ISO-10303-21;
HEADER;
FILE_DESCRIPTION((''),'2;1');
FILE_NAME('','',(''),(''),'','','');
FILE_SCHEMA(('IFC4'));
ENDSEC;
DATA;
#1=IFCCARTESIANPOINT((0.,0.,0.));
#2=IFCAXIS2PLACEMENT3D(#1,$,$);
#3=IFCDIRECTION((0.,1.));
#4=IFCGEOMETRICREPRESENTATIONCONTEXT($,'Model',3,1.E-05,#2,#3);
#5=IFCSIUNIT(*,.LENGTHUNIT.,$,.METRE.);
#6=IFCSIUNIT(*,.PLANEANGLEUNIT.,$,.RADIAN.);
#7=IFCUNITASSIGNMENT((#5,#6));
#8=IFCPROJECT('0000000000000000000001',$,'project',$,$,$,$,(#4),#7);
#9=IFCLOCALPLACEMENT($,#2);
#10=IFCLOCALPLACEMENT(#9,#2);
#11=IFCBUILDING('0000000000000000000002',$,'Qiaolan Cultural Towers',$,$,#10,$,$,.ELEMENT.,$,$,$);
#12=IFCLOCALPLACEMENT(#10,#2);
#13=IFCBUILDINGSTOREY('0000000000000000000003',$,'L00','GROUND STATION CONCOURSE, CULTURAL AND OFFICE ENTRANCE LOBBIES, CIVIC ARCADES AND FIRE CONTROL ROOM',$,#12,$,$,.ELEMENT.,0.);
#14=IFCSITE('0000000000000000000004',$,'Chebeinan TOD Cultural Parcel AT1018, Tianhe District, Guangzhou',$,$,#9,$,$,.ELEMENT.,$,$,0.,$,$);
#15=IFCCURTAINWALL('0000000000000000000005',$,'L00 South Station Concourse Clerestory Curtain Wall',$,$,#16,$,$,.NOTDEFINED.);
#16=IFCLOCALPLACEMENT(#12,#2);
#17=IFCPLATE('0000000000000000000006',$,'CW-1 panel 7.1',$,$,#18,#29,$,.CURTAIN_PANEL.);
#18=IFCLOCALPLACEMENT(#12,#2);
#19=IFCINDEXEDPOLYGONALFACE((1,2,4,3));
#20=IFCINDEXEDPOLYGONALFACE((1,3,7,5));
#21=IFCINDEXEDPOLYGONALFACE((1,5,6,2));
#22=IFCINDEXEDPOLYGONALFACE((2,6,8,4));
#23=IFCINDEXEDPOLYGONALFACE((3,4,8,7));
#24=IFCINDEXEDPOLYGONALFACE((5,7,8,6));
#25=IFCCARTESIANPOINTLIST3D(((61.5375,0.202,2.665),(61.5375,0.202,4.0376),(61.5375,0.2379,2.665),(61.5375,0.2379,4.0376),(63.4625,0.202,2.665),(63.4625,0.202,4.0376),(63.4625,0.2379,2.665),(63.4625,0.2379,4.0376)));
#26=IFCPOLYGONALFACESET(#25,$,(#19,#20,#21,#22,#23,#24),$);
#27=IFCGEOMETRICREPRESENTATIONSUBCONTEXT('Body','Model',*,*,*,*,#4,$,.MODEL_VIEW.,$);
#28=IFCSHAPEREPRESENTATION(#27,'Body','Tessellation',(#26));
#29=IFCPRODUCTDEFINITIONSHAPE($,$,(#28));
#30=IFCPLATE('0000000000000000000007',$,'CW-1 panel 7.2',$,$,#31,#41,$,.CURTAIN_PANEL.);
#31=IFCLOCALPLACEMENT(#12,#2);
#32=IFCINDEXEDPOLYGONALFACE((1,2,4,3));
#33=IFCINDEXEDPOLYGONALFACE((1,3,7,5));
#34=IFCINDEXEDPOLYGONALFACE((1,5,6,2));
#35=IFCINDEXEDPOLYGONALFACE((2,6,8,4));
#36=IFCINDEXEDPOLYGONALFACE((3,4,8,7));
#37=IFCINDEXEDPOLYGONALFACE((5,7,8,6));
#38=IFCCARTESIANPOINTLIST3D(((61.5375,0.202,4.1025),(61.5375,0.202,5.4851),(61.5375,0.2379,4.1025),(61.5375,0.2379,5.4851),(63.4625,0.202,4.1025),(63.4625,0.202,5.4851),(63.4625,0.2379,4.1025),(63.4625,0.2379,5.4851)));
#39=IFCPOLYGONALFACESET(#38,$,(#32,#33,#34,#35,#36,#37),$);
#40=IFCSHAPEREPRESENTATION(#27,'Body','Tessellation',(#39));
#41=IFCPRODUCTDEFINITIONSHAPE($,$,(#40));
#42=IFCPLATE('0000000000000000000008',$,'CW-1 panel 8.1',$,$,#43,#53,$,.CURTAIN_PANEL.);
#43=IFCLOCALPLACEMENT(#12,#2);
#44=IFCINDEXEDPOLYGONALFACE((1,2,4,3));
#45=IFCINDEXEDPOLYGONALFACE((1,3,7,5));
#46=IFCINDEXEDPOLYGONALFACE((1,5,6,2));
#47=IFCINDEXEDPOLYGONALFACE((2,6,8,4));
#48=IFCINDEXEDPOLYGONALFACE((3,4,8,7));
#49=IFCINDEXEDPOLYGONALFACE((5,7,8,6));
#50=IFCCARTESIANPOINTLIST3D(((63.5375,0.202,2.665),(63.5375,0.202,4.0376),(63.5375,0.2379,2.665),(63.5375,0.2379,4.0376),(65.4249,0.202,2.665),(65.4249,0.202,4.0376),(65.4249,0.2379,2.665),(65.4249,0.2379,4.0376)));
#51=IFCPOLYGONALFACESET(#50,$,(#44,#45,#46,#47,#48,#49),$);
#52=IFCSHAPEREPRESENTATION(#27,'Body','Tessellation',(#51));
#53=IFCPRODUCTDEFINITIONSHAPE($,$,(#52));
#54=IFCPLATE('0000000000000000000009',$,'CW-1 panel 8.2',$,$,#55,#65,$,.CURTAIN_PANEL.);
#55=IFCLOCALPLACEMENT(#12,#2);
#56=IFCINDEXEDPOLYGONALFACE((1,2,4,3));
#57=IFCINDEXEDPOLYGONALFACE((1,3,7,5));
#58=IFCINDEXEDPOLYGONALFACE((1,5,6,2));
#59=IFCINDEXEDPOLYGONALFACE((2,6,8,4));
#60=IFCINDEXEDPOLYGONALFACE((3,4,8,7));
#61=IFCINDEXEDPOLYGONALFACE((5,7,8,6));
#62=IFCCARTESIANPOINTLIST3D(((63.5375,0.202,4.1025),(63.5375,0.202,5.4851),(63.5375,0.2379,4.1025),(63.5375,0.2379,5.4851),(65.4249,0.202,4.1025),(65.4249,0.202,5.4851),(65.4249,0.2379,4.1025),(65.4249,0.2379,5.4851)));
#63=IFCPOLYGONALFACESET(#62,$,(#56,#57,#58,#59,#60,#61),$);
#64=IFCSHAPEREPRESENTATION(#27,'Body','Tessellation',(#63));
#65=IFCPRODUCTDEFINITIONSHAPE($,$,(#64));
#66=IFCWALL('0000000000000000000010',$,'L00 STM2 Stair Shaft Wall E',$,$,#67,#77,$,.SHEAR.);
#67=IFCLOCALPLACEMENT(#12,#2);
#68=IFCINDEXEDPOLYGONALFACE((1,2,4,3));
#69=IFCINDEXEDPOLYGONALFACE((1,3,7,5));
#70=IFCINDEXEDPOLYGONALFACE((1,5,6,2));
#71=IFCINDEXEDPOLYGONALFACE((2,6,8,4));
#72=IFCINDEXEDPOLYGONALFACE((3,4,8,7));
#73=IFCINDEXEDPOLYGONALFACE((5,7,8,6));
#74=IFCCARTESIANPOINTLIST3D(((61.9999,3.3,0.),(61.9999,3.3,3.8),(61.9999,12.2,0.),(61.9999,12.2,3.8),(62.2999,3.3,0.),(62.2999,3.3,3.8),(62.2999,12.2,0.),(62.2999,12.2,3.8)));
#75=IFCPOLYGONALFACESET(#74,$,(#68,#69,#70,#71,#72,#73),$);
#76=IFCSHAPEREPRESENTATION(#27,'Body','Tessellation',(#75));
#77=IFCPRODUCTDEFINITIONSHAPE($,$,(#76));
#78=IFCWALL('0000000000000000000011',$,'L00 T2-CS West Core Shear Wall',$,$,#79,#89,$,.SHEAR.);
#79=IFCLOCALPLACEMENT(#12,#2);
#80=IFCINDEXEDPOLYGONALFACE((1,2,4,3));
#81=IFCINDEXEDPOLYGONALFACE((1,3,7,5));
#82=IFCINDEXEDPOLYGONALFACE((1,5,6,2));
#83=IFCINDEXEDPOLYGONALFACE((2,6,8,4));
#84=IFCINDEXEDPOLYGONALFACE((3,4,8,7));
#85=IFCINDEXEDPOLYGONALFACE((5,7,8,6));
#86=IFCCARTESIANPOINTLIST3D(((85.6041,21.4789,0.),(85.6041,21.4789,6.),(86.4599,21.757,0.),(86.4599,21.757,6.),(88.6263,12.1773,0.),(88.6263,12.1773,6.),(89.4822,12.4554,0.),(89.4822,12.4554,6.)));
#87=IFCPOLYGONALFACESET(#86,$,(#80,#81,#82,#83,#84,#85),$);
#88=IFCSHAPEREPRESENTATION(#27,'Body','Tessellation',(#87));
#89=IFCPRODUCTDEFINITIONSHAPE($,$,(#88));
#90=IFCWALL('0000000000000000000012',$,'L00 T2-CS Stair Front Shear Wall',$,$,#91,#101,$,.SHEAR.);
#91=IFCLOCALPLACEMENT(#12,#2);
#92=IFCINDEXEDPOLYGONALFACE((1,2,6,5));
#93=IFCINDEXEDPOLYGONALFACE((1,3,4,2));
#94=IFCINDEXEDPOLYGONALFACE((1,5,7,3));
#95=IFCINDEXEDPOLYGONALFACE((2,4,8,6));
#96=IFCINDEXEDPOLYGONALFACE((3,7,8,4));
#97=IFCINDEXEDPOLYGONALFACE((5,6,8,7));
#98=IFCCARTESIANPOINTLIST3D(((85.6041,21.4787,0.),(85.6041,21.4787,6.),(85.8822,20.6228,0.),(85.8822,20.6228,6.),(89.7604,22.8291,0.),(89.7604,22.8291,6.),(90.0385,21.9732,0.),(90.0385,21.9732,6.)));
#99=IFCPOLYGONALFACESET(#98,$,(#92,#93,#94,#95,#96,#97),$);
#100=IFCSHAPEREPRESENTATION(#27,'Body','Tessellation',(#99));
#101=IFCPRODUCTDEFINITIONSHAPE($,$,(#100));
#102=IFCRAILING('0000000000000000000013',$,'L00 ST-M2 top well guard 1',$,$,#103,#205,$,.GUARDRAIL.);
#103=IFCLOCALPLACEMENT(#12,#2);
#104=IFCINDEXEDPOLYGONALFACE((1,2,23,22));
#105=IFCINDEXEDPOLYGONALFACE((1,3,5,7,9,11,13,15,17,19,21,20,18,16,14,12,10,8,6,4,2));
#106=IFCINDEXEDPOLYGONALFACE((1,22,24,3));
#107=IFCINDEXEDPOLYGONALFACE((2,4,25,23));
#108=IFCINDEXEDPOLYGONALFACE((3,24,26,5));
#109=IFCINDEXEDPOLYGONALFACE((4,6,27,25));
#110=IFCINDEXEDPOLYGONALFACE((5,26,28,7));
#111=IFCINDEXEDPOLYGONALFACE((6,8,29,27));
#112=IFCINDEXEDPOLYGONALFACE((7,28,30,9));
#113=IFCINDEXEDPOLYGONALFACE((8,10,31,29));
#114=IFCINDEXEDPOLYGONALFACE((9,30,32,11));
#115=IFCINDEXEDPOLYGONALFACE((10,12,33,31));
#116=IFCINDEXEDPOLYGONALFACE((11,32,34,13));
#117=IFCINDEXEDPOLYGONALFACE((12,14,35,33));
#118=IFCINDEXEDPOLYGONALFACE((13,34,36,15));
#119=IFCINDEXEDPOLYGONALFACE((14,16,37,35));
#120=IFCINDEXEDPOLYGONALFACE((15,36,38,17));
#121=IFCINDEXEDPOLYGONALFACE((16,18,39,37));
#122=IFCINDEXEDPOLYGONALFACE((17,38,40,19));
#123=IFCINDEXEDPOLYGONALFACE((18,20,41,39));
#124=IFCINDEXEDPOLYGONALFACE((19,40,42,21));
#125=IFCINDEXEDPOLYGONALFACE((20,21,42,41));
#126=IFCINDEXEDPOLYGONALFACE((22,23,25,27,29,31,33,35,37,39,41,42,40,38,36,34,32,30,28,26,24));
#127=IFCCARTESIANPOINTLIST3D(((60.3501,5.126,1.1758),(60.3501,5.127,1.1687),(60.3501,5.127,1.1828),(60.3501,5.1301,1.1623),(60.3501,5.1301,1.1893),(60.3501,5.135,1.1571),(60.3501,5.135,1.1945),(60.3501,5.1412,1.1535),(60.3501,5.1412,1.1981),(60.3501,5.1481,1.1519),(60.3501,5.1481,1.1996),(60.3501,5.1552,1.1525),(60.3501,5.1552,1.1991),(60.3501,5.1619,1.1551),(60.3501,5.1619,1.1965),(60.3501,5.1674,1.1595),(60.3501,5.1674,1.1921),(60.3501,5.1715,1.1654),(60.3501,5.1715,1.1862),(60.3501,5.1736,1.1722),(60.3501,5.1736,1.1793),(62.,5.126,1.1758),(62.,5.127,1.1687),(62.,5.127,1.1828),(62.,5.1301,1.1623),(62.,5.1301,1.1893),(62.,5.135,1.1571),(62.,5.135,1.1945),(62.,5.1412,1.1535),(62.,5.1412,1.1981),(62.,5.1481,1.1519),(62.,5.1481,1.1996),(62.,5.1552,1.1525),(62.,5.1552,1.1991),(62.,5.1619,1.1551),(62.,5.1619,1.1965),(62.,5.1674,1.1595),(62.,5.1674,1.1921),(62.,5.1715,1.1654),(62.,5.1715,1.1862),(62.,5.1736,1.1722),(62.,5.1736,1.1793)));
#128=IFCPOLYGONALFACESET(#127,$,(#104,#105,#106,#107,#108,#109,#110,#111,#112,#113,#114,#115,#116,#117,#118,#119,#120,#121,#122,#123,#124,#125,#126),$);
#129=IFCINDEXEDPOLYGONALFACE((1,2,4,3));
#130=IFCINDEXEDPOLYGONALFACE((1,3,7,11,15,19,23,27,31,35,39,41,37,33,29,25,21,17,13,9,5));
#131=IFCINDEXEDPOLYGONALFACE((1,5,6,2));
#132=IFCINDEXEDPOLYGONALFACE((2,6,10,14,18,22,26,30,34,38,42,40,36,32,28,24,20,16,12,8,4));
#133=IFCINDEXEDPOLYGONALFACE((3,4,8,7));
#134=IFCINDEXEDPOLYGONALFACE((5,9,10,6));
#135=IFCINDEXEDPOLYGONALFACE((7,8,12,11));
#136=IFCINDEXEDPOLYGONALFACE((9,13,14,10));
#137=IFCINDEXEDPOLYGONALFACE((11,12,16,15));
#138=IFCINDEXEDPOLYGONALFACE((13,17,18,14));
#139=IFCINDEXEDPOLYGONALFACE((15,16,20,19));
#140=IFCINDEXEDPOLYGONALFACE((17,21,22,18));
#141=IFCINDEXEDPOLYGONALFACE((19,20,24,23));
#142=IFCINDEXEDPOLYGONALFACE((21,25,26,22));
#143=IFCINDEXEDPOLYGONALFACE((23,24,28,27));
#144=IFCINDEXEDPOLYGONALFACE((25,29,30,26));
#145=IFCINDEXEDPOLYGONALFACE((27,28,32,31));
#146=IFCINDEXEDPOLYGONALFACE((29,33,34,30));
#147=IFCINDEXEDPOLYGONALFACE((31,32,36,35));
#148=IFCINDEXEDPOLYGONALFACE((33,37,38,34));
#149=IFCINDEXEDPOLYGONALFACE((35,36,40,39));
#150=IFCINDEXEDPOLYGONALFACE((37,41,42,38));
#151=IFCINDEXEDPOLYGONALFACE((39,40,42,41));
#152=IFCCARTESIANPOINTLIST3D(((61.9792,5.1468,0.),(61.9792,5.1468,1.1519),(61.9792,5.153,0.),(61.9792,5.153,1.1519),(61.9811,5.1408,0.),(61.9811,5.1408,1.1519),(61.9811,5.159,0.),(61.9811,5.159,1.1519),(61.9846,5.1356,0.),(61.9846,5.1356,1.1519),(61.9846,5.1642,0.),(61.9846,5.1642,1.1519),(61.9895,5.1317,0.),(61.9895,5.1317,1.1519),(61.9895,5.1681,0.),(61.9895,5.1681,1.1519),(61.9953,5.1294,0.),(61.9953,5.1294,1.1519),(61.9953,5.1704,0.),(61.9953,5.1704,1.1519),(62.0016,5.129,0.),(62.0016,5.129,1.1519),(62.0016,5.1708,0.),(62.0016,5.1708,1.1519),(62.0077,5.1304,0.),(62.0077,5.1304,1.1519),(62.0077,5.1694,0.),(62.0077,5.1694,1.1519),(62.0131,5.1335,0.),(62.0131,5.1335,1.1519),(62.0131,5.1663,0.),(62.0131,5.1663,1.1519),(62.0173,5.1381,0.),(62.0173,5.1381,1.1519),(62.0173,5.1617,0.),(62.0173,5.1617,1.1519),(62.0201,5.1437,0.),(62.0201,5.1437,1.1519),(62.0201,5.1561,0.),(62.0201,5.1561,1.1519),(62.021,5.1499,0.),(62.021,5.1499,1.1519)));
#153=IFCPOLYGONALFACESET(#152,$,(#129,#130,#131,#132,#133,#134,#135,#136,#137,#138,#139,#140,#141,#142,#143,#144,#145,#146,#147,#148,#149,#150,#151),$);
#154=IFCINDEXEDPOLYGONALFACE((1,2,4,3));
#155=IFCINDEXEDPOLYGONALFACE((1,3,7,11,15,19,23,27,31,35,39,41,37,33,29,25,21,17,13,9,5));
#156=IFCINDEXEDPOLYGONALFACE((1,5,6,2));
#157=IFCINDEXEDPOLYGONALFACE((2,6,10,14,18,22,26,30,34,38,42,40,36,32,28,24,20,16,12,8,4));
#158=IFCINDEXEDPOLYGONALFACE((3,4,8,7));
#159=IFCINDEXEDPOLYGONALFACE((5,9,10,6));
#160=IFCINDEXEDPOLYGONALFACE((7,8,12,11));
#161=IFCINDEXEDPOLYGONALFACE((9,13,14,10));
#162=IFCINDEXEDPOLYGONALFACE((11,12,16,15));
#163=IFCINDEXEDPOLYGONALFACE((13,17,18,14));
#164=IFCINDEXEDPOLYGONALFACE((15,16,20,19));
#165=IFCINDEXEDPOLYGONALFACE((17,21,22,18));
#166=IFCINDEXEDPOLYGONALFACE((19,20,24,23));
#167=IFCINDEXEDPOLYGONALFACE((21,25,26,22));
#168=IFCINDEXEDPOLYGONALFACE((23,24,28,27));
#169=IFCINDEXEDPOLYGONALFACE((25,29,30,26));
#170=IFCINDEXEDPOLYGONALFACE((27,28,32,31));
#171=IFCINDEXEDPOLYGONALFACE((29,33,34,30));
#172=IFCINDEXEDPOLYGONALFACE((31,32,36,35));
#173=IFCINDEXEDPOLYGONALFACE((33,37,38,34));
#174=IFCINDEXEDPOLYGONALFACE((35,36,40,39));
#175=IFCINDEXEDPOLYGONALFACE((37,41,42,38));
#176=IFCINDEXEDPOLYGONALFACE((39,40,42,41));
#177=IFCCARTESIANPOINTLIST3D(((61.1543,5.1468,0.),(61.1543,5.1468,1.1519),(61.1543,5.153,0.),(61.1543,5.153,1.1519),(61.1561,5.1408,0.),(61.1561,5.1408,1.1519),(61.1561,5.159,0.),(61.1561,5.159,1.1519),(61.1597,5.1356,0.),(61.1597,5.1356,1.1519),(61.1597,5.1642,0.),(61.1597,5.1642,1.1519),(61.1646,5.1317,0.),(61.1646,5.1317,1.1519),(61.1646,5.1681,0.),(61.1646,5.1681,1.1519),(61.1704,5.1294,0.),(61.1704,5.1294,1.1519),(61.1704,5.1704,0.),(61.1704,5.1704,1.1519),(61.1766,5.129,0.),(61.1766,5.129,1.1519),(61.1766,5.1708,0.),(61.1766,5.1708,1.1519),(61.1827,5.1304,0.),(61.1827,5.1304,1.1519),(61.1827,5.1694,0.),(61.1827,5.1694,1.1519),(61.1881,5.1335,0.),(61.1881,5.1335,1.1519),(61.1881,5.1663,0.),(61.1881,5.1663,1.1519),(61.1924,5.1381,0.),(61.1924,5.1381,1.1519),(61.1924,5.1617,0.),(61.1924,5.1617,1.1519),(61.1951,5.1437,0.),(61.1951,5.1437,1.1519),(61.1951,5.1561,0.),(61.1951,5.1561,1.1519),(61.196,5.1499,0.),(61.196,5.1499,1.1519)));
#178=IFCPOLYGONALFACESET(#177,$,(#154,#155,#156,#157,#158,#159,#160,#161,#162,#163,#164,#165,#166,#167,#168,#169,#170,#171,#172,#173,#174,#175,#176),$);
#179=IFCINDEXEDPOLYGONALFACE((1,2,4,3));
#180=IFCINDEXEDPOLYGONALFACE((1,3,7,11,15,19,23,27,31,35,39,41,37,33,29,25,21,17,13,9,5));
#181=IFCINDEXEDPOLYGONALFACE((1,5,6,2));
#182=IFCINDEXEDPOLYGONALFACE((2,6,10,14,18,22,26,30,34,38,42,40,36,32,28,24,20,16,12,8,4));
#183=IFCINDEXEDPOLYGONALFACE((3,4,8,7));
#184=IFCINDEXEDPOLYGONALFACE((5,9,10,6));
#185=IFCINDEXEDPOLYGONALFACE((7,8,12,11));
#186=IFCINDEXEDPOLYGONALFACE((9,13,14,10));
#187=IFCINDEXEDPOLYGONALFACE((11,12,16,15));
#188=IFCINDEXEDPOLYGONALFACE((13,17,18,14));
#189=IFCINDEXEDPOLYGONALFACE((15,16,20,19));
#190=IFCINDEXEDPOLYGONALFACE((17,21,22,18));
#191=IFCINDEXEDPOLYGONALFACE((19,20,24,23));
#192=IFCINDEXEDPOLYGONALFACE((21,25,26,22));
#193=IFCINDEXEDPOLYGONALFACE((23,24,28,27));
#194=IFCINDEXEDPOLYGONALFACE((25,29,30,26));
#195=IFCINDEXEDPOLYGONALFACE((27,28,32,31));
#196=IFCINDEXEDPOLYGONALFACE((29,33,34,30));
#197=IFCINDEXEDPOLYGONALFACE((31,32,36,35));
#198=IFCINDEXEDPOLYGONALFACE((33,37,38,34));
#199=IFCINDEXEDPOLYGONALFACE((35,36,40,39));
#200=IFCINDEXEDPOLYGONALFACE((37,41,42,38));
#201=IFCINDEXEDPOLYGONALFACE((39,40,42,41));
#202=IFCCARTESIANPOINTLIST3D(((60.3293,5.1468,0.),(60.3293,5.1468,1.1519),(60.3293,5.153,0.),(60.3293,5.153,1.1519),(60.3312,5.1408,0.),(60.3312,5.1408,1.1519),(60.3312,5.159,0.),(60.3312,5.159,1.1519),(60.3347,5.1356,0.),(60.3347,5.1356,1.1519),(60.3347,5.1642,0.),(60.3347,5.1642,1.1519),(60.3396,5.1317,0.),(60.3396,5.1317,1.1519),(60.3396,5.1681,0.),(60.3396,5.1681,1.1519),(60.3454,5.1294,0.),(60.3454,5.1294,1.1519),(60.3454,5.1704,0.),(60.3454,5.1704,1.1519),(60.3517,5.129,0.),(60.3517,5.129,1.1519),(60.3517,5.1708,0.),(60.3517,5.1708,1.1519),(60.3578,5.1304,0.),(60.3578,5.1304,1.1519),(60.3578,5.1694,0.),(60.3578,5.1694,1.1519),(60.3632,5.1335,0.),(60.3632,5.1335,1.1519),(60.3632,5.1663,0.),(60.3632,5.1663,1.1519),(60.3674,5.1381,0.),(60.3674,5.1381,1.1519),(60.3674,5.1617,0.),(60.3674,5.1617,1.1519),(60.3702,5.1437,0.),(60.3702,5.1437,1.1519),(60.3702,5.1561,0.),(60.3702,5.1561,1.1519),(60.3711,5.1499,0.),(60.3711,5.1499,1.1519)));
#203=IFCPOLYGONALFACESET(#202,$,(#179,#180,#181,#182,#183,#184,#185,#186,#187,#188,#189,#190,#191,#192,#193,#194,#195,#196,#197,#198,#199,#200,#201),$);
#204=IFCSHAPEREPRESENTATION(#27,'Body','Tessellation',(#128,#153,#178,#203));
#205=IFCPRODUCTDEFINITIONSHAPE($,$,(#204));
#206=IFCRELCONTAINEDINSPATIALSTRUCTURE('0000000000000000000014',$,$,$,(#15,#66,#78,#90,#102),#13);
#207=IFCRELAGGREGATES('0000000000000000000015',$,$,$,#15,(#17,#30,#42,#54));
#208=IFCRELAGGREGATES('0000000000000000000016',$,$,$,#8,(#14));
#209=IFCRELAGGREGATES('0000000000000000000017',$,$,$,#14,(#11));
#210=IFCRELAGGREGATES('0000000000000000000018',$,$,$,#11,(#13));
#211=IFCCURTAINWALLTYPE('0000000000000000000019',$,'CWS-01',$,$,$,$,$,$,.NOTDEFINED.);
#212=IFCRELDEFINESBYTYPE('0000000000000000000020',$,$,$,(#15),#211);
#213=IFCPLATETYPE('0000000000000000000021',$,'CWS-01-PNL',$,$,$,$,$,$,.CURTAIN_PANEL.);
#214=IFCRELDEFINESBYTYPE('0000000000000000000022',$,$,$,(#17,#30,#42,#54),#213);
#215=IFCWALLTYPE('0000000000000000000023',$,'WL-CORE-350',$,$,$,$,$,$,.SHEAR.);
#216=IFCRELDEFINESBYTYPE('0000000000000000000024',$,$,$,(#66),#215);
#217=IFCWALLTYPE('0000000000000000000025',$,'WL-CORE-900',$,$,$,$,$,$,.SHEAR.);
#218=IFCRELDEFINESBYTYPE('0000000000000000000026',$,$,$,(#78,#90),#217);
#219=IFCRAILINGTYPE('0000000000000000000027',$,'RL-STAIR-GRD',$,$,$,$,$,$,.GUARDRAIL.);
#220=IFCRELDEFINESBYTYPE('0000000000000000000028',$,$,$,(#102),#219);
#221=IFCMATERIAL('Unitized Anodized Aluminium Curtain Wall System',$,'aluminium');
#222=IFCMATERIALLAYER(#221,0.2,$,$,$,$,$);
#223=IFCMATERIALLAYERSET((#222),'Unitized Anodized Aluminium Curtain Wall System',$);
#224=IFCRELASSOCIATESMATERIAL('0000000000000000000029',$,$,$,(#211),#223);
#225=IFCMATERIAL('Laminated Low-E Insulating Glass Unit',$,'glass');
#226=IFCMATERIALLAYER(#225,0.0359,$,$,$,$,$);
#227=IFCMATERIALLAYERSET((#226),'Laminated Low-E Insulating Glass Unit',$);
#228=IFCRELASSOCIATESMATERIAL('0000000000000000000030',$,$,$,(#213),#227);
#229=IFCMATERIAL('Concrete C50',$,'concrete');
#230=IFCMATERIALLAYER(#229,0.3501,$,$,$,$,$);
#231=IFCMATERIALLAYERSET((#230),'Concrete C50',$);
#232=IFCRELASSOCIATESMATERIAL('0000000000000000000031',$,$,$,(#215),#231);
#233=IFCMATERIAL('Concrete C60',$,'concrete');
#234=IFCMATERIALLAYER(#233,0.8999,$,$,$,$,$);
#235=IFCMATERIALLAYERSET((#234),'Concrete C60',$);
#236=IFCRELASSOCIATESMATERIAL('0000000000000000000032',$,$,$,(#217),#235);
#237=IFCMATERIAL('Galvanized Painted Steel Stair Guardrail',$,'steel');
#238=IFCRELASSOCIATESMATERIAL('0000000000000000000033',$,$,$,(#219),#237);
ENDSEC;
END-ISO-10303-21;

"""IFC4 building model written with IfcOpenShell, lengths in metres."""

from ifc_helpers import new_model, si_unit, direction, frame, frame_2d, origin, origin_2d, place, context, subcontext, project, spatial, rectangle, circle, extrude, material, layer, layer_set, type_object, element, aggregate, save


model = new_model("IFC4")

# Units and contexts
model_context = context("Model", 3, precision=1e-05, world=origin(), true_north=direction((0.0, 1.0)))
body_context = subcontext(model_context, "Body", "Model", "MODEL_VIEW")
ifc_project = project(units=[si_unit("LENGTHUNIT", "METRE"), si_unit("PLANEANGLEUNIT", "RADIAN")], contexts=[model_context])

# Site, building, storey
site_placement = place(None, origin())
site = spatial("IfcSite", under=ifc_project, at=site_placement, Name="Chebeinan TOD Cultural Parcel AT1018, Tianhe District, Guangzhou", CompositionType="ELEMENT", RefElevation=0.0)
building_placement = place(site_placement, origin())
building = spatial("IfcBuilding", under=site, at=building_placement, Name="Qiaolan Cultural Towers", CompositionType="ELEMENT")
storey_placement = place(building_placement, origin())
storey = spatial("IfcBuildingStorey", under=building, at=storey_placement, Name="L00", Description="GROUND STATION CONCOURSE, CULTURAL AND OFFICE ENTRANCE LOBBIES, CIVIC ARCADES AND FIRE CONTROL ROOM", CompositionType="ELEMENT", Elevation=0.0)

# Curtain wall, plates
ifc_material_1 = material(Name="Unitized Anodized Aluminium Curtain Wall System", Category="aluminium")
ifc_layer_1 = layer(ifc_material_1, 0.2)
ifc_layer_set_1 = layer_set([ifc_layer_1], Name="Unitized Anodized Aluminium Curtain Wall System")
curtain_wall_type = type_object("IfcCurtainWallType", Name="CWS-01", PredefinedType="NOTDEFINED", material=ifc_layer_set_1)
curtain_wall_placement = place(storey_placement, origin())
curtain_wall = element("IfcCurtainWall", 1, at=curtain_wall_placement, inside=storey, type_object=curtain_wall_type, Name="L00 South Station Concourse Clerestory Curtain Wall", PredefinedType="NOTDEFINED")
ifc_material_2 = material(Name="Laminated Low-E Insulating Glass Unit", Category="glass")
ifc_layer_2 = layer(ifc_material_2, 0.0359)
ifc_layer_set_2 = layer_set([ifc_layer_2], Name="Laminated Low-E Insulating Glass Unit")
plate_type = type_object("IfcPlateType", Name="CWS-01-PNL", PredefinedType="CURTAIN_PANEL", material=ifc_layer_set_2)
plate_1_placement = place(storey_placement, frame((62.5, 0.22, 2.665), z_axis=(0.0, 0.0, 1.0), x_axis=(1.0, 0.0, 0.0)))
plate_1 = element("IfcPlate", 2, at=plate_1_placement, type_object=plate_type, Name="CW-1 panel 7.1", PredefinedType="CURTAIN_PANEL", context=body_context, shape_type="SweptSolid", body=[
    extrude(rectangle(XDim=1.925, YDim=0.0359, at=origin_2d()), origin(), (0.0, 0.0, 1.0), 1.3726),
])
plate_2_placement = place(storey_placement, frame((62.5, 0.22, 4.1025), z_axis=(0.0, 0.0, 1.0), x_axis=(1.0, 0.0, 0.0)))
plate_2 = element("IfcPlate", 3, at=plate_2_placement, type_object=plate_type, Name="CW-1 panel 7.2", PredefinedType="CURTAIN_PANEL", context=body_context, shape_type="SweptSolid", body=[
    extrude(rectangle(XDim=1.925, YDim=0.0359, at=origin_2d()), origin(), (0.0, 0.0, 1.0), 1.3826),
])
plate_3_placement = place(storey_placement, frame((64.4812, 0.22, 2.665), z_axis=(0.0, 0.0, 1.0), x_axis=(1.0, 0.0, 0.0)))
plate_3 = element("IfcPlate", 4, at=plate_3_placement, type_object=plate_type, Name="CW-1 panel 8.1", PredefinedType="CURTAIN_PANEL", context=body_context, shape_type="SweptSolid", body=[
    extrude(rectangle(XDim=1.8875, YDim=0.0359, at=origin_2d()), origin(), (0.0, 0.0, 1.0), 1.3726),
])
plate_4_placement = place(storey_placement, frame((64.4812, 0.22, 4.1025), z_axis=(0.0, 0.0, 1.0), x_axis=(1.0, 0.0, 0.0)))
plate_4 = element("IfcPlate", 5, at=plate_4_placement, type_object=plate_type, Name="CW-1 panel 8.2", PredefinedType="CURTAIN_PANEL", context=body_context, shape_type="SweptSolid", body=[
    extrude(rectangle(XDim=1.8875, YDim=0.0359, at=origin_2d()), origin(), (0.0, 0.0, 1.0), 1.3826),
])
aggregate(curtain_wall, [plate_1, plate_2, plate_3, plate_4])

# Walls
ifc_material_3 = material(Name="Concrete C50", Category="concrete")
ifc_layer_3 = layer(ifc_material_3, 0.3501)
ifc_layer_set_3 = layer_set([ifc_layer_3], Name="Concrete C50")
wall_type_1 = type_object("IfcWallType", Name="WL-CORE-350", PredefinedType="SHEAR", material=ifc_layer_set_3)
wall_1_placement = place(storey_placement, frame((62.1499, 3.3, 0.0), z_axis=(0.0, 0.0, 1.0), x_axis=(0.0, 1.0, 0.0)))
element("IfcWall", 6, at=wall_1_placement, inside=storey, type_object=wall_type_1, Name="L00 STM2 Stair Shaft Wall E", PredefinedType="SHEAR", context=body_context, shape_type="SweptSolid", body=[
    extrude(rectangle(XDim=8.8999, YDim=0.3, at=frame_2d((4.45, 0.0))), origin(), (0.0, 0.0, 1.0), 3.8),
])
ifc_material_4 = material(Name="Concrete C60", Category="concrete")
ifc_layer_4 = layer(ifc_material_4, 0.8999)
ifc_layer_set_4 = layer_set([ifc_layer_4], Name="Concrete C60")
wall_type_2 = type_object("IfcWallType", Name="WL-CORE-900", PredefinedType="SHEAR", material=ifc_layer_set_4)
wall_2_placement = place(storey_placement, frame((86.032, 21.6179, 0.0), z_axis=(0.0, 0.0, 1.0), x_axis=(0.309014, -0.951057, 0.0)))
element("IfcWall", 7, at=wall_2_placement, inside=storey, type_object=wall_type_2, Name="L00 T2-CS West Core Shear Wall", PredefinedType="SHEAR", context=body_context, shape_type="SweptSolid", body=[
    extrude(rectangle(XDim=9.7803, YDim=0.8999, at=frame_2d((4.8901, 0.0))), origin(), (0.0, 0.0, 1.0), 6.0),
])
wall_3_placement = place(storey_placement, frame((85.7432, 21.0508, 0.0), z_axis=(0.0, 0.0, 1.0), x_axis=(0.951064, 0.308995, 0.0)))
element("IfcWall", 8, at=wall_3_placement, inside=storey, type_object=wall_type_2, Name="L00 T2-CS Stair Front Shear Wall", PredefinedType="SHEAR", context=body_context, shape_type="SweptSolid", body=[
    extrude(rectangle(XDim=4.3701, YDim=0.8999, at=frame_2d((2.1851, 0.0))), origin(), (0.0, 0.0, 1.0), 6.0),
])

# Railing
ifc_material_5 = material(Name="Galvanized Painted Steel Stair Guardrail", Category="steel")
railing_type = type_object("IfcRailingType", Name="RL-STAIR-GRD", PredefinedType="GUARDRAIL", material=ifc_material_5)
railing_placement = place(storey_placement, frame((62.0, 5.1499, 0.0)))
element("IfcRailing", 9, at=railing_placement, inside=storey, type_object=railing_type, Name="L00 ST-M2 top well guard 1", PredefinedType="GUARDRAIL", context=body_context, shape_type="SweptSolid", body=[
    extrude(circle(Radius=0.0239, at=origin_2d()), frame((0.0, 0.0, 1.1758), z_axis=(-1.0, 0.0, 0.0), x_axis=(0.0, -1.0, 0.0)), (0.0, 0.0, 1.0), 1.6499),
    extrude(circle(Radius=0.021, at=origin_2d()), origin(), (0.0, 0.0, 1.0), 1.1519),
    extrude(circle(Radius=0.021, at=origin_2d()), frame((-0.825, 0.0, 0.0)), (0.0, 0.0, 1.0), 1.1519),
    extrude(circle(Radius=0.021, at=origin_2d()), frame((-1.6499, 0.0, 0.0)), (0.0, 0.0, 1.0), 1.1519),
])

save(model, "model.ifc")
